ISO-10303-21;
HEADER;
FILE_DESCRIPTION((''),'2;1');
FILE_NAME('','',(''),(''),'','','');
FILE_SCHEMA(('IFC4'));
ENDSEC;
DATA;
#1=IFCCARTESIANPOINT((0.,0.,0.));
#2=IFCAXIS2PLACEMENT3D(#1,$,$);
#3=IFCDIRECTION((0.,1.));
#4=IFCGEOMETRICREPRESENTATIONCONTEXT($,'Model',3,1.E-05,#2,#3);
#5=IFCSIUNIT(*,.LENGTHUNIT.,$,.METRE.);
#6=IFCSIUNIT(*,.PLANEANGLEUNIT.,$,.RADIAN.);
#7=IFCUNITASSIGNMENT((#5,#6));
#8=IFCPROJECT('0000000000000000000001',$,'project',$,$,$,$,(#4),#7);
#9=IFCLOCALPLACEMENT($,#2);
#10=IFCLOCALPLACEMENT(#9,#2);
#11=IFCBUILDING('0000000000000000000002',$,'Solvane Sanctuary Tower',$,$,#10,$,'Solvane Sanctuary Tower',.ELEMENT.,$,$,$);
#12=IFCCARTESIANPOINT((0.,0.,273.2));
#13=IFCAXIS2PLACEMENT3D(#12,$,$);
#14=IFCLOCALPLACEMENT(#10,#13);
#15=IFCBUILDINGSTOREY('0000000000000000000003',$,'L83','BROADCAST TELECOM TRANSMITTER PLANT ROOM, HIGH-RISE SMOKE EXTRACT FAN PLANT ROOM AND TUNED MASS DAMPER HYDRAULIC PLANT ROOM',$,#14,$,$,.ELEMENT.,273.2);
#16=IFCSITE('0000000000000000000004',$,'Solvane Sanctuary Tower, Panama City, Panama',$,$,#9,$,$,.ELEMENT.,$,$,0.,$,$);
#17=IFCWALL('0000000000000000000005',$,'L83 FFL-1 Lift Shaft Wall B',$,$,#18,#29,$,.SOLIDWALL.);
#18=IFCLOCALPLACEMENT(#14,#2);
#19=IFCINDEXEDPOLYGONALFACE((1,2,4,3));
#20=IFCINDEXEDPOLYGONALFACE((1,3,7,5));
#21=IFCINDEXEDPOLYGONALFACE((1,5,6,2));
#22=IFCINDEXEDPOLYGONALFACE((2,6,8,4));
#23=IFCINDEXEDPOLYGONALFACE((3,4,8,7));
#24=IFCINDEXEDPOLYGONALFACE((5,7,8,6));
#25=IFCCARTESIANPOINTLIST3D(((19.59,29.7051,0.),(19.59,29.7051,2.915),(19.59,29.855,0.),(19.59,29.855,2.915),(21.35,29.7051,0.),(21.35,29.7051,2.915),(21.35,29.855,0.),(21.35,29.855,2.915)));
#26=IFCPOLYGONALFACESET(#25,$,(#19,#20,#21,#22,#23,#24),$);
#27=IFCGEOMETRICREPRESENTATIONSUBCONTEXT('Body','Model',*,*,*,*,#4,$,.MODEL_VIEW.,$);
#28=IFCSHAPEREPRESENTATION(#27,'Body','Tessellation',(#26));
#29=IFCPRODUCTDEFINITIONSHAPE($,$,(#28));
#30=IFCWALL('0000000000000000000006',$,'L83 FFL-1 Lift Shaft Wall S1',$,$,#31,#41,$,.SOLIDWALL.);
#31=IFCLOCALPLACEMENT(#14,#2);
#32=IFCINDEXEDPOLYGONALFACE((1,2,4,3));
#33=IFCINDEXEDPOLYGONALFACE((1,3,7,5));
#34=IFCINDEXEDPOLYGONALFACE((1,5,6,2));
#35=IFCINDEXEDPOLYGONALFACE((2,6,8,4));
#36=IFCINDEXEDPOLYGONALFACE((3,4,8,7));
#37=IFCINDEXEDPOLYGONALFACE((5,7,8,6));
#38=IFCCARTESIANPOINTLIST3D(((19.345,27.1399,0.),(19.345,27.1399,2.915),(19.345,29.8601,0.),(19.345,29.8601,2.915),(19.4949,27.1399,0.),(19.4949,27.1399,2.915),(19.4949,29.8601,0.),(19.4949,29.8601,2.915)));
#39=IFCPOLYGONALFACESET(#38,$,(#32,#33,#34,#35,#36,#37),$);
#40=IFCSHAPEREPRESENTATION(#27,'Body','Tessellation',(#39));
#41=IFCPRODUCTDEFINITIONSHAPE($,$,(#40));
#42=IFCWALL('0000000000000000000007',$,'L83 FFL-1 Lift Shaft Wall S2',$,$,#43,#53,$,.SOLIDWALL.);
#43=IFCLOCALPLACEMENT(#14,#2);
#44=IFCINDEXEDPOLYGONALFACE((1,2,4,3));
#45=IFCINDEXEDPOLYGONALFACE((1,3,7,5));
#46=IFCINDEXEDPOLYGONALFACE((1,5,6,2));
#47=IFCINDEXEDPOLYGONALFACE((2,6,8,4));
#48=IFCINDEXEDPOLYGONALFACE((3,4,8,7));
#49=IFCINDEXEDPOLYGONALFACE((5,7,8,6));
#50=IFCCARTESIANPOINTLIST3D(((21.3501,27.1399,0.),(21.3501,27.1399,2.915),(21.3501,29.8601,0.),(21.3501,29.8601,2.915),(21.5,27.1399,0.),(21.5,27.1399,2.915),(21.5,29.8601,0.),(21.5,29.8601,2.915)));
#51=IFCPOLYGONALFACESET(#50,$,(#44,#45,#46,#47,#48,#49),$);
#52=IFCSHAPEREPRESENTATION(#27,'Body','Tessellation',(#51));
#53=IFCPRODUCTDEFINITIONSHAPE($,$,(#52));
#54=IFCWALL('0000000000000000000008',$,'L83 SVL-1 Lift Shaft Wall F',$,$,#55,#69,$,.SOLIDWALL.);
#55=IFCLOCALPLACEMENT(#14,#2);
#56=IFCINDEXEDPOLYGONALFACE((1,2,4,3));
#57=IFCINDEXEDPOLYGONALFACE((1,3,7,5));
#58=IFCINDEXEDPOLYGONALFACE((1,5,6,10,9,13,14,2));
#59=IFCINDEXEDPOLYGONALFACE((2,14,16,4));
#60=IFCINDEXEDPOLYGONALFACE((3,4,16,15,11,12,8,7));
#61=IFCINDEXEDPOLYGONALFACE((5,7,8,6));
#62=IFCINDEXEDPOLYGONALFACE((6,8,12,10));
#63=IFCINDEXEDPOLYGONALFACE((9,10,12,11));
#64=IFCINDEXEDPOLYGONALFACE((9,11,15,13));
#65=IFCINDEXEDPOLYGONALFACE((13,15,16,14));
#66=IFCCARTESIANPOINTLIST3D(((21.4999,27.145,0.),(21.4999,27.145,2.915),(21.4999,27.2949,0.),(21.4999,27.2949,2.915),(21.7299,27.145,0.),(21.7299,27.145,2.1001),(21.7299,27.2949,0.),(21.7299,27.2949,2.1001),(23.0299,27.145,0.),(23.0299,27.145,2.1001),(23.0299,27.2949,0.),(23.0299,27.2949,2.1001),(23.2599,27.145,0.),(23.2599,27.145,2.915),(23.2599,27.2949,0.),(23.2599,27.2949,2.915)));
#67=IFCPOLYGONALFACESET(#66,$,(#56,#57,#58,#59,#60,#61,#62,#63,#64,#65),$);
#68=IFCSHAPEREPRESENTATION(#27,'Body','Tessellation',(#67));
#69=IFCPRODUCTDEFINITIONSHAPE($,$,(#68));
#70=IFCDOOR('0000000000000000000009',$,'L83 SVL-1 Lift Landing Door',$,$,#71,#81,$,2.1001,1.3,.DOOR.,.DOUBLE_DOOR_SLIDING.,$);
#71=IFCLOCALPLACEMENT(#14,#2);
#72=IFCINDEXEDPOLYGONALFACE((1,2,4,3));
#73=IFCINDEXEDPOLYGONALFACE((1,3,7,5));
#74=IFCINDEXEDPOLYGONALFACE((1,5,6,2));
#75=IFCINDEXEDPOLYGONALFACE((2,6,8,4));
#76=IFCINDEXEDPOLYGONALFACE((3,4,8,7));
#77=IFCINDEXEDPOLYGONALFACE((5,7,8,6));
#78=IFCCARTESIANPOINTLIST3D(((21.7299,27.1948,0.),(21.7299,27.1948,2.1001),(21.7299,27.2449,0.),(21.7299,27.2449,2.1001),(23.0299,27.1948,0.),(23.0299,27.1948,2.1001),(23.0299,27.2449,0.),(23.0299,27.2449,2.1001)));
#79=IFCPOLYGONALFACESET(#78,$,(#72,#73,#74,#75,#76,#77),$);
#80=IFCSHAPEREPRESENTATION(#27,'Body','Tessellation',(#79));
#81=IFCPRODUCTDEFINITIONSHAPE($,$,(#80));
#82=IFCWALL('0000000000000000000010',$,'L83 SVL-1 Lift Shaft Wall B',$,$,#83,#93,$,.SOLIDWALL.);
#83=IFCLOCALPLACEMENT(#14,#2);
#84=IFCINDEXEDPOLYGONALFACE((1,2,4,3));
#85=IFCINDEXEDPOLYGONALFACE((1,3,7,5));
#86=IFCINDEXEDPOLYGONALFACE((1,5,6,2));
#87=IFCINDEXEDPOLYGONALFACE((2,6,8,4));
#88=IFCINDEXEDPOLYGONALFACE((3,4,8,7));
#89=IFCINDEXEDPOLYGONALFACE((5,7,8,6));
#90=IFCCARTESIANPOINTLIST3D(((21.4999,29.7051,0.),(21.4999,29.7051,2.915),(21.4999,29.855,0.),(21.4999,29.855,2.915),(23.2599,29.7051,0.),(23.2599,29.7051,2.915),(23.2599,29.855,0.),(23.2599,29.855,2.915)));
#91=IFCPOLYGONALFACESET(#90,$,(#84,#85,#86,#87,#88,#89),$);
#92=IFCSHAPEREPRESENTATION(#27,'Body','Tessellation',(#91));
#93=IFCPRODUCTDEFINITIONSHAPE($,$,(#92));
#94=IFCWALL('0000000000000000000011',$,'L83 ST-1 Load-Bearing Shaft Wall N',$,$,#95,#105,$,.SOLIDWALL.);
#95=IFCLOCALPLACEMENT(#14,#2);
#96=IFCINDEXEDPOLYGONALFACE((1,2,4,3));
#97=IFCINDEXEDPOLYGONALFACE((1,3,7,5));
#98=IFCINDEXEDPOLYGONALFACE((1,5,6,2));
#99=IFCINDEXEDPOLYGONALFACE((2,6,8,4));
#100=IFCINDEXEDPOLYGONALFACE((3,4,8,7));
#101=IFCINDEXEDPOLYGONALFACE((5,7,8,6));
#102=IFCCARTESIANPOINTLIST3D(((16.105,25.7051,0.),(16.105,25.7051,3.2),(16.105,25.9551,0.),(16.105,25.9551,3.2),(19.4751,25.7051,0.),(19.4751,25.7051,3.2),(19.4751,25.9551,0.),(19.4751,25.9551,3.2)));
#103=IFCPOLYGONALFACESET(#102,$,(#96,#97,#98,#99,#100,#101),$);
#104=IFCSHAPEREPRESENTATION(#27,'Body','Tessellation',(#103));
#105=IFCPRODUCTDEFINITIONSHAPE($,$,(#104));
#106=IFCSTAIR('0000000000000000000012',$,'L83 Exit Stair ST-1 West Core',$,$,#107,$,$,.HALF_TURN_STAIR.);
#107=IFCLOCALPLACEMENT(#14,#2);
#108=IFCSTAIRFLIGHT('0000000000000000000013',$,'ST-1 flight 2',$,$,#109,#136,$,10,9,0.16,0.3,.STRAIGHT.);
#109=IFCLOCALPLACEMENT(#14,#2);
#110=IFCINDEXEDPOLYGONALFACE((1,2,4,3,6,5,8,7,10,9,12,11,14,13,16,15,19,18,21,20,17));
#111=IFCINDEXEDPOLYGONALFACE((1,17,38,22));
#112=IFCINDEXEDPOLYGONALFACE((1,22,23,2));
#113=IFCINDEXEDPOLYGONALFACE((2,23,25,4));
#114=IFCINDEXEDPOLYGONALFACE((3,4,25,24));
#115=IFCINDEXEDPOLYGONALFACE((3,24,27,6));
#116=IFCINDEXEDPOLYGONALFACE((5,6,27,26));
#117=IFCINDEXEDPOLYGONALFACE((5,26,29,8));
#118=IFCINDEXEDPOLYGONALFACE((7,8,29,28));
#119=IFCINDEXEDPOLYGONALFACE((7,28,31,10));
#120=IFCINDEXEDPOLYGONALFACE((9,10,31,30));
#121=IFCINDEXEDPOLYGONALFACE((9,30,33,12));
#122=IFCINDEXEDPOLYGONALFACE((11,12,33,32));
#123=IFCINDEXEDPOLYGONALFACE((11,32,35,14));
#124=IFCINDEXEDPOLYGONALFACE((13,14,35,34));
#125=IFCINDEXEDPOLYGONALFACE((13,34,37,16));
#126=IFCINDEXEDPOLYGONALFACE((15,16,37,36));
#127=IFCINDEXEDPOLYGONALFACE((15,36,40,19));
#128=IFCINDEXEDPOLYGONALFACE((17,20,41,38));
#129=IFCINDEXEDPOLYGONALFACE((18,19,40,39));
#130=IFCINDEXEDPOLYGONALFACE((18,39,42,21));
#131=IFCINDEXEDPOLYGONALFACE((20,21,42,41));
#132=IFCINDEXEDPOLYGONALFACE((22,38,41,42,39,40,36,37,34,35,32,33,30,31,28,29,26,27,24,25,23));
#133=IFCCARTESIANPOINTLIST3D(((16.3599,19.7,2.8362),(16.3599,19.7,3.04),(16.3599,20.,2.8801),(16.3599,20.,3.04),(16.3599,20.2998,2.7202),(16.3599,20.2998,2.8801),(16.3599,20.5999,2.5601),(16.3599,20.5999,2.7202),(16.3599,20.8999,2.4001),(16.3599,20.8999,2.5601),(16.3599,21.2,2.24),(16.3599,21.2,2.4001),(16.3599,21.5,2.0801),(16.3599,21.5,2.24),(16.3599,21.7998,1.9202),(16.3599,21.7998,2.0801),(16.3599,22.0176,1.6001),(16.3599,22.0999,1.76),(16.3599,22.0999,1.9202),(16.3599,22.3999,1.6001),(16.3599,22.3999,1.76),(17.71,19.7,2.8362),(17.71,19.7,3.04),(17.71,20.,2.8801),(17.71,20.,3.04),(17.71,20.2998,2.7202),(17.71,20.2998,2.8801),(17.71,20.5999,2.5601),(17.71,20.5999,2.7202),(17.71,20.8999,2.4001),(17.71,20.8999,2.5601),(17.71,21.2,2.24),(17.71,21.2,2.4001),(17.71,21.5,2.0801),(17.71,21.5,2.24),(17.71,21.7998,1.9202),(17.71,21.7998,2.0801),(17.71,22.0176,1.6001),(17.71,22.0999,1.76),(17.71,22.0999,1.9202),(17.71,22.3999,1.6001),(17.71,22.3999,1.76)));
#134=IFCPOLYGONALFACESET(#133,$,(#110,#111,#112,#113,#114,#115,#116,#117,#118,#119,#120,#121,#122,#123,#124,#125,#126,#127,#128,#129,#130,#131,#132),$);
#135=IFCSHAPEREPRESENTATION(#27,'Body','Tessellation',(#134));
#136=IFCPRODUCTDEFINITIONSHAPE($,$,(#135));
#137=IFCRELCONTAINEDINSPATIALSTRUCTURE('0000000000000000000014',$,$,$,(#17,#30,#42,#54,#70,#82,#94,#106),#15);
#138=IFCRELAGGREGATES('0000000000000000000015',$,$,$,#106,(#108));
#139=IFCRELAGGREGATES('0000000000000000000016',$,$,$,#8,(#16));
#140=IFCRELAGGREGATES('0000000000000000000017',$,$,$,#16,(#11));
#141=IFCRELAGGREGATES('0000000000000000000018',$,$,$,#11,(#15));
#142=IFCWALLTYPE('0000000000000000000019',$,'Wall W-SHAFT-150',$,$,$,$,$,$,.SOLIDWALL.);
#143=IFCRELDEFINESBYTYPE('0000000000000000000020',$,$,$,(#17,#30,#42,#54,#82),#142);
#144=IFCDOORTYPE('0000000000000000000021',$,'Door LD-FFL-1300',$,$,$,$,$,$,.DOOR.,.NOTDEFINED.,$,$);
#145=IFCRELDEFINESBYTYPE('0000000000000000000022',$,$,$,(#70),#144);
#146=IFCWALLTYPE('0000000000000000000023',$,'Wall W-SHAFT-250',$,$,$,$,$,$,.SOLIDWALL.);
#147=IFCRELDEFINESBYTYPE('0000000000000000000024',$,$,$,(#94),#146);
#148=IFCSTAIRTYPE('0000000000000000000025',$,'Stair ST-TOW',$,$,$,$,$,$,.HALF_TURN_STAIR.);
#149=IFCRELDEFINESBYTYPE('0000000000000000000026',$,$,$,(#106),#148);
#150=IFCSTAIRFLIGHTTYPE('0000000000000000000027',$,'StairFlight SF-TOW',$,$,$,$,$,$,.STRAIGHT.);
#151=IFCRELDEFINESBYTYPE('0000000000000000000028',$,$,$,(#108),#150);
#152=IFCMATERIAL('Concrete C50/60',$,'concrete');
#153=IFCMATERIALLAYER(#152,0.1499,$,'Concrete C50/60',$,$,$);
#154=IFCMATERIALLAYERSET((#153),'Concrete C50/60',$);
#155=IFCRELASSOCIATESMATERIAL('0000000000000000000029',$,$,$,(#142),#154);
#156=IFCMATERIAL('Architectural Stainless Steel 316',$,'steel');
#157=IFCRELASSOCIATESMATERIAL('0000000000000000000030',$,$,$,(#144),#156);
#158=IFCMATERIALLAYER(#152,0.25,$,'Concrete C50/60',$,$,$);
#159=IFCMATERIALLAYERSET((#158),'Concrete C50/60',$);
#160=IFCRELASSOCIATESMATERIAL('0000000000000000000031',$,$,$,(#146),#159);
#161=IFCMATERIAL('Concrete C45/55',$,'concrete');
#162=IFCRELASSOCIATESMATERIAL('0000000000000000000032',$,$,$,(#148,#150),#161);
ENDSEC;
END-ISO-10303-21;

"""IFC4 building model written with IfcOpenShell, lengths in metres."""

from ifc_helpers import new_model, si_unit, direction, frame, frame_2d, origin, place, context, subcontext, project, spatial, polyline, rectangle, outline, extrude, material, layer, layer_set, type_object, element, fill, aggregate, save


model = new_model("IFC4")

# Units and contexts
model_context = context("Model", 3, precision=1e-05, world=origin(), true_north=direction((0.0, 1.0)))
body_context = subcontext(model_context, "Body", "Model", "MODEL_VIEW")
ifc_project = project(units=[si_unit("LENGTHUNIT", "METRE"), si_unit("PLANEANGLEUNIT", "RADIAN")], contexts=[model_context])

# Site, building, storey
site_placement = place(None, origin())
site = spatial("IfcSite", under=ifc_project, at=site_placement, Name="Solvane Sanctuary Tower, Panama City, Panama", CompositionType="ELEMENT", RefElevation=0.0)
building_placement = place(site_placement, origin())
building = spatial("IfcBuilding", under=site, at=building_placement, Name="Solvane Sanctuary Tower", LongName="Solvane Sanctuary Tower", CompositionType="ELEMENT")
storey_placement = place(building_placement, frame((0.0, 0.0, 273.2)))
storey = spatial("IfcBuildingStorey", under=building, at=storey_placement, Name="L83", Description="BROADCAST TELECOM TRANSMITTER PLANT ROOM, HIGH-RISE SMOKE EXTRACT FAN PLANT ROOM AND TUNED MASS DAMPER HYDRAULIC PLANT ROOM", CompositionType="ELEMENT", Elevation=273.2)

# Shared definitions
ifc_material_1 = material(Name="Concrete C50/60", Category="concrete")
ifc_layer_1 = layer(ifc_material_1, 0.1499, Name="Concrete C50/60")
ifc_layer_set_1 = layer_set([ifc_layer_1], Name="Concrete C50/60")
wall_type_1 = type_object("IfcWallType", Name="Wall W-SHAFT-150", PredefinedType="SOLIDWALL", material=ifc_layer_set_1)
ifc_material_2 = material(Name="Architectural Stainless Steel 316", Category="steel")
door_type = type_object("IfcDoorType", Name="Door LD-FFL-1300", OperationType="NOTDEFINED", PredefinedType="DOOR", material=ifc_material_2)

# Walls
wall_1_placement = place(storey_placement, frame((19.5901, 29.78, 0.0), z_axis=(0.0, 0.0, 1.0), x_axis=(1.0, 0.0, 0.0)))
element("IfcWall", 1, at=wall_1_placement, inside=storey, type_object=wall_type_1, Name="L83 FFL-1 Lift Shaft Wall B", PredefinedType="SOLIDWALL", context=body_context, shape_type="SweptSolid", body=[
    extrude(rectangle(XDim=1.76, YDim=0.1499, at=frame_2d((0.8799, 0.0))), origin(), (0.0, 0.0, 1.0), 2.915),
])
for number, where, z_axis, x_axis, name in (
    (2, (19.4199, 27.1399, 0.0), (0.0, 0.0, 1.0), (0.0, 1.0, 0.0), "L83 FFL-1 Lift Shaft Wall S1"),
    (3, (21.425, 27.1399, 0.0), (0.0, 0.0, 1.0), (0.0, 1.0, 0.0), "L83 FFL-1 Lift Shaft Wall S2"),
):
    element("IfcWall", number, at=place(storey_placement, frame(where, z_axis=z_axis, x_axis=x_axis)), inside=storey, type_object=wall_type_1, Name=name, PredefinedType="SOLIDWALL", context=body_context, shape_type="SweptSolid", body=[
        extrude(rectangle(XDim=2.7202, YDim=0.1499, at=frame_2d((1.3601, 0.0))), origin(), (0.0, 0.0, 1.0), 2.915),
    ])

# Wall, opening, door
wall_2_placement = place(storey_placement, frame((21.5, 27.22, 0.0), z_axis=(0.0, 0.0, 1.0), x_axis=(1.0, 0.0, 0.0)))
wall_2 = element("IfcWall", 4, at=wall_2_placement, inside=storey, type_object=wall_type_1, Name="L83 SVL-1 Lift Shaft Wall F", PredefinedType="SOLIDWALL", context=body_context, shape_type="SweptSolid", body=[
    extrude(rectangle(XDim=1.76, YDim=0.1499, at=frame_2d((0.8799, 0.0))), origin(), (0.0, 0.0, 1.0), 2.915),
])
opening_1_placement = place(wall_2_placement, frame((0.23, 0.0, 0.0)))
opening_1 = element("IfcOpeningElement", 5, at=opening_1_placement, cuts=wall_2, PredefinedType="OPENING", context=body_context, shape_type="SweptSolid", body=[
    extrude(rectangle(XDim=1.3, YDim=2.1001, at=frame_2d((0.6499, 1.05))), frame((0.0, 0.085, 0.0), z_axis=(0.0, -1.0, 0.0), x_axis=(1.0, 0.0, 0.0)), (0.0, 0.0, 1.0), 0.1699),
])
door_1_placement = place(opening_1_placement, origin())
door_1 = element("IfcDoor", 6, at=door_1_placement, inside=storey, type_object=door_type, Name="L83 SVL-1 Lift Landing Door", OperationType="DOUBLE_DOOR_SLIDING", OverallHeight=2.1001, OverallWidth=1.3, PredefinedType="DOOR", context=body_context, shape_type="SweptSolid", body=[
    extrude(rectangle(XDim=1.3, YDim=2.1001, at=frame_2d((0.6499, 1.05))), frame((0.0, 0.0249, 0.0), z_axis=(0.0, -1.0, 0.0), x_axis=(1.0, 0.0, 0.0)), (0.0, 0.0, 1.0), 0.05),
])
fill(opening_1, door_1)

# Walls
wall_3_placement = place(storey_placement, frame((21.5, 29.78, 0.0), z_axis=(0.0, 0.0, 1.0), x_axis=(1.0, 0.0, 0.0)))
element("IfcWall", 7, at=wall_3_placement, inside=storey, type_object=wall_type_1, Name="L83 SVL-1 Lift Shaft Wall B", PredefinedType="SOLIDWALL", context=body_context, shape_type="SweptSolid", body=[
    extrude(rectangle(XDim=1.76, YDim=0.1499, at=frame_2d((0.8799, 0.0))), origin(), (0.0, 0.0, 1.0), 2.915),
])
ifc_layer_2 = layer(ifc_material_1, 0.25, Name="Concrete C50/60")
ifc_layer_set_2 = layer_set([ifc_layer_2], Name="Concrete C50/60")
wall_type_2 = type_object("IfcWallType", Name="Wall W-SHAFT-250", PredefinedType="SOLIDWALL", material=ifc_layer_set_2)
wall_4_placement = place(storey_placement, frame((16.105, 25.8301, 0.0), z_axis=(0.0, 0.0, 1.0), x_axis=(1.0, 0.0, 0.0)))
element("IfcWall", 8, at=wall_4_placement, inside=storey, type_object=wall_type_2, Name="L83 ST-1 Load-Bearing Shaft Wall N", PredefinedType="SOLIDWALL", context=body_context, shape_type="SweptSolid", body=[
    extrude(rectangle(XDim=3.3701, YDim=0.25, at=frame_2d((1.6851, 0.0))), origin(), (0.0, 0.0, 1.0), 3.2),
])

# Stair, stair flight
ifc_material_3 = material(Name="Concrete C45/55", Category="concrete")
stair_type = type_object("IfcStairType", Name="Stair ST-TOW", PredefinedType="HALF_TURN_STAIR", material=ifc_material_3)
stair_placement = place(storey_placement, origin())
stair = element("IfcStair", 9, at=stair_placement, inside=storey, type_object=stair_type, Name="L83 Exit Stair ST-1 West Core", PredefinedType="HALF_TURN_STAIR")
stair_flight_type = type_object("IfcStairFlightType", Name="StairFlight SF-TOW", PredefinedType="STRAIGHT", material=ifc_material_3)
stair_flight_placement = place(storey_placement, frame((17.0349, 22.3999, 1.6001), z_axis=(0.0, 0.0, 1.0), x_axis=(0.0, -1.0, 0.0)))
stair_flight = element("IfcStairFlight", 10, at=stair_flight_placement, type_object=stair_flight_type, Name="ST-1 flight 2", NumberOfRisers=10, NumberOfTreads=9, PredefinedType="STRAIGHT", RiserHeight=0.16, TreadLength=0.3, context=body_context, shape_type="SweptSolid", body=[
    extrude(outline(polyline([(0.0, 0.0), (0.0, 0.1599), (0.3, 0.1599), (0.3, 0.3201), (0.6001, 0.3201), (0.6001, 0.48), (0.8999, 0.48), (0.8999, 0.6399), (1.2, 0.6399), (1.2, 0.8), (1.5, 0.8), (1.5, 0.96), (1.8, 0.96), (1.8, 1.1201), (2.1001, 1.1201), (2.1001, 1.28), (2.3999, 1.28), (2.3999, 1.4399), (2.7, 1.4399), (2.7, 1.6001), (2.7, 1.2361), (0.3823, 0.0), (0.0, 0.0)])), frame((0.0, 0.675, 0.0), z_axis=(0.0, -1.0, 0.0), x_axis=(1.0, 0.0, 0.0)), (0.0, 0.0, 1.0), 1.3501),
])
aggregate(stair, [stair_flight])

save(model, "model.ifc")
